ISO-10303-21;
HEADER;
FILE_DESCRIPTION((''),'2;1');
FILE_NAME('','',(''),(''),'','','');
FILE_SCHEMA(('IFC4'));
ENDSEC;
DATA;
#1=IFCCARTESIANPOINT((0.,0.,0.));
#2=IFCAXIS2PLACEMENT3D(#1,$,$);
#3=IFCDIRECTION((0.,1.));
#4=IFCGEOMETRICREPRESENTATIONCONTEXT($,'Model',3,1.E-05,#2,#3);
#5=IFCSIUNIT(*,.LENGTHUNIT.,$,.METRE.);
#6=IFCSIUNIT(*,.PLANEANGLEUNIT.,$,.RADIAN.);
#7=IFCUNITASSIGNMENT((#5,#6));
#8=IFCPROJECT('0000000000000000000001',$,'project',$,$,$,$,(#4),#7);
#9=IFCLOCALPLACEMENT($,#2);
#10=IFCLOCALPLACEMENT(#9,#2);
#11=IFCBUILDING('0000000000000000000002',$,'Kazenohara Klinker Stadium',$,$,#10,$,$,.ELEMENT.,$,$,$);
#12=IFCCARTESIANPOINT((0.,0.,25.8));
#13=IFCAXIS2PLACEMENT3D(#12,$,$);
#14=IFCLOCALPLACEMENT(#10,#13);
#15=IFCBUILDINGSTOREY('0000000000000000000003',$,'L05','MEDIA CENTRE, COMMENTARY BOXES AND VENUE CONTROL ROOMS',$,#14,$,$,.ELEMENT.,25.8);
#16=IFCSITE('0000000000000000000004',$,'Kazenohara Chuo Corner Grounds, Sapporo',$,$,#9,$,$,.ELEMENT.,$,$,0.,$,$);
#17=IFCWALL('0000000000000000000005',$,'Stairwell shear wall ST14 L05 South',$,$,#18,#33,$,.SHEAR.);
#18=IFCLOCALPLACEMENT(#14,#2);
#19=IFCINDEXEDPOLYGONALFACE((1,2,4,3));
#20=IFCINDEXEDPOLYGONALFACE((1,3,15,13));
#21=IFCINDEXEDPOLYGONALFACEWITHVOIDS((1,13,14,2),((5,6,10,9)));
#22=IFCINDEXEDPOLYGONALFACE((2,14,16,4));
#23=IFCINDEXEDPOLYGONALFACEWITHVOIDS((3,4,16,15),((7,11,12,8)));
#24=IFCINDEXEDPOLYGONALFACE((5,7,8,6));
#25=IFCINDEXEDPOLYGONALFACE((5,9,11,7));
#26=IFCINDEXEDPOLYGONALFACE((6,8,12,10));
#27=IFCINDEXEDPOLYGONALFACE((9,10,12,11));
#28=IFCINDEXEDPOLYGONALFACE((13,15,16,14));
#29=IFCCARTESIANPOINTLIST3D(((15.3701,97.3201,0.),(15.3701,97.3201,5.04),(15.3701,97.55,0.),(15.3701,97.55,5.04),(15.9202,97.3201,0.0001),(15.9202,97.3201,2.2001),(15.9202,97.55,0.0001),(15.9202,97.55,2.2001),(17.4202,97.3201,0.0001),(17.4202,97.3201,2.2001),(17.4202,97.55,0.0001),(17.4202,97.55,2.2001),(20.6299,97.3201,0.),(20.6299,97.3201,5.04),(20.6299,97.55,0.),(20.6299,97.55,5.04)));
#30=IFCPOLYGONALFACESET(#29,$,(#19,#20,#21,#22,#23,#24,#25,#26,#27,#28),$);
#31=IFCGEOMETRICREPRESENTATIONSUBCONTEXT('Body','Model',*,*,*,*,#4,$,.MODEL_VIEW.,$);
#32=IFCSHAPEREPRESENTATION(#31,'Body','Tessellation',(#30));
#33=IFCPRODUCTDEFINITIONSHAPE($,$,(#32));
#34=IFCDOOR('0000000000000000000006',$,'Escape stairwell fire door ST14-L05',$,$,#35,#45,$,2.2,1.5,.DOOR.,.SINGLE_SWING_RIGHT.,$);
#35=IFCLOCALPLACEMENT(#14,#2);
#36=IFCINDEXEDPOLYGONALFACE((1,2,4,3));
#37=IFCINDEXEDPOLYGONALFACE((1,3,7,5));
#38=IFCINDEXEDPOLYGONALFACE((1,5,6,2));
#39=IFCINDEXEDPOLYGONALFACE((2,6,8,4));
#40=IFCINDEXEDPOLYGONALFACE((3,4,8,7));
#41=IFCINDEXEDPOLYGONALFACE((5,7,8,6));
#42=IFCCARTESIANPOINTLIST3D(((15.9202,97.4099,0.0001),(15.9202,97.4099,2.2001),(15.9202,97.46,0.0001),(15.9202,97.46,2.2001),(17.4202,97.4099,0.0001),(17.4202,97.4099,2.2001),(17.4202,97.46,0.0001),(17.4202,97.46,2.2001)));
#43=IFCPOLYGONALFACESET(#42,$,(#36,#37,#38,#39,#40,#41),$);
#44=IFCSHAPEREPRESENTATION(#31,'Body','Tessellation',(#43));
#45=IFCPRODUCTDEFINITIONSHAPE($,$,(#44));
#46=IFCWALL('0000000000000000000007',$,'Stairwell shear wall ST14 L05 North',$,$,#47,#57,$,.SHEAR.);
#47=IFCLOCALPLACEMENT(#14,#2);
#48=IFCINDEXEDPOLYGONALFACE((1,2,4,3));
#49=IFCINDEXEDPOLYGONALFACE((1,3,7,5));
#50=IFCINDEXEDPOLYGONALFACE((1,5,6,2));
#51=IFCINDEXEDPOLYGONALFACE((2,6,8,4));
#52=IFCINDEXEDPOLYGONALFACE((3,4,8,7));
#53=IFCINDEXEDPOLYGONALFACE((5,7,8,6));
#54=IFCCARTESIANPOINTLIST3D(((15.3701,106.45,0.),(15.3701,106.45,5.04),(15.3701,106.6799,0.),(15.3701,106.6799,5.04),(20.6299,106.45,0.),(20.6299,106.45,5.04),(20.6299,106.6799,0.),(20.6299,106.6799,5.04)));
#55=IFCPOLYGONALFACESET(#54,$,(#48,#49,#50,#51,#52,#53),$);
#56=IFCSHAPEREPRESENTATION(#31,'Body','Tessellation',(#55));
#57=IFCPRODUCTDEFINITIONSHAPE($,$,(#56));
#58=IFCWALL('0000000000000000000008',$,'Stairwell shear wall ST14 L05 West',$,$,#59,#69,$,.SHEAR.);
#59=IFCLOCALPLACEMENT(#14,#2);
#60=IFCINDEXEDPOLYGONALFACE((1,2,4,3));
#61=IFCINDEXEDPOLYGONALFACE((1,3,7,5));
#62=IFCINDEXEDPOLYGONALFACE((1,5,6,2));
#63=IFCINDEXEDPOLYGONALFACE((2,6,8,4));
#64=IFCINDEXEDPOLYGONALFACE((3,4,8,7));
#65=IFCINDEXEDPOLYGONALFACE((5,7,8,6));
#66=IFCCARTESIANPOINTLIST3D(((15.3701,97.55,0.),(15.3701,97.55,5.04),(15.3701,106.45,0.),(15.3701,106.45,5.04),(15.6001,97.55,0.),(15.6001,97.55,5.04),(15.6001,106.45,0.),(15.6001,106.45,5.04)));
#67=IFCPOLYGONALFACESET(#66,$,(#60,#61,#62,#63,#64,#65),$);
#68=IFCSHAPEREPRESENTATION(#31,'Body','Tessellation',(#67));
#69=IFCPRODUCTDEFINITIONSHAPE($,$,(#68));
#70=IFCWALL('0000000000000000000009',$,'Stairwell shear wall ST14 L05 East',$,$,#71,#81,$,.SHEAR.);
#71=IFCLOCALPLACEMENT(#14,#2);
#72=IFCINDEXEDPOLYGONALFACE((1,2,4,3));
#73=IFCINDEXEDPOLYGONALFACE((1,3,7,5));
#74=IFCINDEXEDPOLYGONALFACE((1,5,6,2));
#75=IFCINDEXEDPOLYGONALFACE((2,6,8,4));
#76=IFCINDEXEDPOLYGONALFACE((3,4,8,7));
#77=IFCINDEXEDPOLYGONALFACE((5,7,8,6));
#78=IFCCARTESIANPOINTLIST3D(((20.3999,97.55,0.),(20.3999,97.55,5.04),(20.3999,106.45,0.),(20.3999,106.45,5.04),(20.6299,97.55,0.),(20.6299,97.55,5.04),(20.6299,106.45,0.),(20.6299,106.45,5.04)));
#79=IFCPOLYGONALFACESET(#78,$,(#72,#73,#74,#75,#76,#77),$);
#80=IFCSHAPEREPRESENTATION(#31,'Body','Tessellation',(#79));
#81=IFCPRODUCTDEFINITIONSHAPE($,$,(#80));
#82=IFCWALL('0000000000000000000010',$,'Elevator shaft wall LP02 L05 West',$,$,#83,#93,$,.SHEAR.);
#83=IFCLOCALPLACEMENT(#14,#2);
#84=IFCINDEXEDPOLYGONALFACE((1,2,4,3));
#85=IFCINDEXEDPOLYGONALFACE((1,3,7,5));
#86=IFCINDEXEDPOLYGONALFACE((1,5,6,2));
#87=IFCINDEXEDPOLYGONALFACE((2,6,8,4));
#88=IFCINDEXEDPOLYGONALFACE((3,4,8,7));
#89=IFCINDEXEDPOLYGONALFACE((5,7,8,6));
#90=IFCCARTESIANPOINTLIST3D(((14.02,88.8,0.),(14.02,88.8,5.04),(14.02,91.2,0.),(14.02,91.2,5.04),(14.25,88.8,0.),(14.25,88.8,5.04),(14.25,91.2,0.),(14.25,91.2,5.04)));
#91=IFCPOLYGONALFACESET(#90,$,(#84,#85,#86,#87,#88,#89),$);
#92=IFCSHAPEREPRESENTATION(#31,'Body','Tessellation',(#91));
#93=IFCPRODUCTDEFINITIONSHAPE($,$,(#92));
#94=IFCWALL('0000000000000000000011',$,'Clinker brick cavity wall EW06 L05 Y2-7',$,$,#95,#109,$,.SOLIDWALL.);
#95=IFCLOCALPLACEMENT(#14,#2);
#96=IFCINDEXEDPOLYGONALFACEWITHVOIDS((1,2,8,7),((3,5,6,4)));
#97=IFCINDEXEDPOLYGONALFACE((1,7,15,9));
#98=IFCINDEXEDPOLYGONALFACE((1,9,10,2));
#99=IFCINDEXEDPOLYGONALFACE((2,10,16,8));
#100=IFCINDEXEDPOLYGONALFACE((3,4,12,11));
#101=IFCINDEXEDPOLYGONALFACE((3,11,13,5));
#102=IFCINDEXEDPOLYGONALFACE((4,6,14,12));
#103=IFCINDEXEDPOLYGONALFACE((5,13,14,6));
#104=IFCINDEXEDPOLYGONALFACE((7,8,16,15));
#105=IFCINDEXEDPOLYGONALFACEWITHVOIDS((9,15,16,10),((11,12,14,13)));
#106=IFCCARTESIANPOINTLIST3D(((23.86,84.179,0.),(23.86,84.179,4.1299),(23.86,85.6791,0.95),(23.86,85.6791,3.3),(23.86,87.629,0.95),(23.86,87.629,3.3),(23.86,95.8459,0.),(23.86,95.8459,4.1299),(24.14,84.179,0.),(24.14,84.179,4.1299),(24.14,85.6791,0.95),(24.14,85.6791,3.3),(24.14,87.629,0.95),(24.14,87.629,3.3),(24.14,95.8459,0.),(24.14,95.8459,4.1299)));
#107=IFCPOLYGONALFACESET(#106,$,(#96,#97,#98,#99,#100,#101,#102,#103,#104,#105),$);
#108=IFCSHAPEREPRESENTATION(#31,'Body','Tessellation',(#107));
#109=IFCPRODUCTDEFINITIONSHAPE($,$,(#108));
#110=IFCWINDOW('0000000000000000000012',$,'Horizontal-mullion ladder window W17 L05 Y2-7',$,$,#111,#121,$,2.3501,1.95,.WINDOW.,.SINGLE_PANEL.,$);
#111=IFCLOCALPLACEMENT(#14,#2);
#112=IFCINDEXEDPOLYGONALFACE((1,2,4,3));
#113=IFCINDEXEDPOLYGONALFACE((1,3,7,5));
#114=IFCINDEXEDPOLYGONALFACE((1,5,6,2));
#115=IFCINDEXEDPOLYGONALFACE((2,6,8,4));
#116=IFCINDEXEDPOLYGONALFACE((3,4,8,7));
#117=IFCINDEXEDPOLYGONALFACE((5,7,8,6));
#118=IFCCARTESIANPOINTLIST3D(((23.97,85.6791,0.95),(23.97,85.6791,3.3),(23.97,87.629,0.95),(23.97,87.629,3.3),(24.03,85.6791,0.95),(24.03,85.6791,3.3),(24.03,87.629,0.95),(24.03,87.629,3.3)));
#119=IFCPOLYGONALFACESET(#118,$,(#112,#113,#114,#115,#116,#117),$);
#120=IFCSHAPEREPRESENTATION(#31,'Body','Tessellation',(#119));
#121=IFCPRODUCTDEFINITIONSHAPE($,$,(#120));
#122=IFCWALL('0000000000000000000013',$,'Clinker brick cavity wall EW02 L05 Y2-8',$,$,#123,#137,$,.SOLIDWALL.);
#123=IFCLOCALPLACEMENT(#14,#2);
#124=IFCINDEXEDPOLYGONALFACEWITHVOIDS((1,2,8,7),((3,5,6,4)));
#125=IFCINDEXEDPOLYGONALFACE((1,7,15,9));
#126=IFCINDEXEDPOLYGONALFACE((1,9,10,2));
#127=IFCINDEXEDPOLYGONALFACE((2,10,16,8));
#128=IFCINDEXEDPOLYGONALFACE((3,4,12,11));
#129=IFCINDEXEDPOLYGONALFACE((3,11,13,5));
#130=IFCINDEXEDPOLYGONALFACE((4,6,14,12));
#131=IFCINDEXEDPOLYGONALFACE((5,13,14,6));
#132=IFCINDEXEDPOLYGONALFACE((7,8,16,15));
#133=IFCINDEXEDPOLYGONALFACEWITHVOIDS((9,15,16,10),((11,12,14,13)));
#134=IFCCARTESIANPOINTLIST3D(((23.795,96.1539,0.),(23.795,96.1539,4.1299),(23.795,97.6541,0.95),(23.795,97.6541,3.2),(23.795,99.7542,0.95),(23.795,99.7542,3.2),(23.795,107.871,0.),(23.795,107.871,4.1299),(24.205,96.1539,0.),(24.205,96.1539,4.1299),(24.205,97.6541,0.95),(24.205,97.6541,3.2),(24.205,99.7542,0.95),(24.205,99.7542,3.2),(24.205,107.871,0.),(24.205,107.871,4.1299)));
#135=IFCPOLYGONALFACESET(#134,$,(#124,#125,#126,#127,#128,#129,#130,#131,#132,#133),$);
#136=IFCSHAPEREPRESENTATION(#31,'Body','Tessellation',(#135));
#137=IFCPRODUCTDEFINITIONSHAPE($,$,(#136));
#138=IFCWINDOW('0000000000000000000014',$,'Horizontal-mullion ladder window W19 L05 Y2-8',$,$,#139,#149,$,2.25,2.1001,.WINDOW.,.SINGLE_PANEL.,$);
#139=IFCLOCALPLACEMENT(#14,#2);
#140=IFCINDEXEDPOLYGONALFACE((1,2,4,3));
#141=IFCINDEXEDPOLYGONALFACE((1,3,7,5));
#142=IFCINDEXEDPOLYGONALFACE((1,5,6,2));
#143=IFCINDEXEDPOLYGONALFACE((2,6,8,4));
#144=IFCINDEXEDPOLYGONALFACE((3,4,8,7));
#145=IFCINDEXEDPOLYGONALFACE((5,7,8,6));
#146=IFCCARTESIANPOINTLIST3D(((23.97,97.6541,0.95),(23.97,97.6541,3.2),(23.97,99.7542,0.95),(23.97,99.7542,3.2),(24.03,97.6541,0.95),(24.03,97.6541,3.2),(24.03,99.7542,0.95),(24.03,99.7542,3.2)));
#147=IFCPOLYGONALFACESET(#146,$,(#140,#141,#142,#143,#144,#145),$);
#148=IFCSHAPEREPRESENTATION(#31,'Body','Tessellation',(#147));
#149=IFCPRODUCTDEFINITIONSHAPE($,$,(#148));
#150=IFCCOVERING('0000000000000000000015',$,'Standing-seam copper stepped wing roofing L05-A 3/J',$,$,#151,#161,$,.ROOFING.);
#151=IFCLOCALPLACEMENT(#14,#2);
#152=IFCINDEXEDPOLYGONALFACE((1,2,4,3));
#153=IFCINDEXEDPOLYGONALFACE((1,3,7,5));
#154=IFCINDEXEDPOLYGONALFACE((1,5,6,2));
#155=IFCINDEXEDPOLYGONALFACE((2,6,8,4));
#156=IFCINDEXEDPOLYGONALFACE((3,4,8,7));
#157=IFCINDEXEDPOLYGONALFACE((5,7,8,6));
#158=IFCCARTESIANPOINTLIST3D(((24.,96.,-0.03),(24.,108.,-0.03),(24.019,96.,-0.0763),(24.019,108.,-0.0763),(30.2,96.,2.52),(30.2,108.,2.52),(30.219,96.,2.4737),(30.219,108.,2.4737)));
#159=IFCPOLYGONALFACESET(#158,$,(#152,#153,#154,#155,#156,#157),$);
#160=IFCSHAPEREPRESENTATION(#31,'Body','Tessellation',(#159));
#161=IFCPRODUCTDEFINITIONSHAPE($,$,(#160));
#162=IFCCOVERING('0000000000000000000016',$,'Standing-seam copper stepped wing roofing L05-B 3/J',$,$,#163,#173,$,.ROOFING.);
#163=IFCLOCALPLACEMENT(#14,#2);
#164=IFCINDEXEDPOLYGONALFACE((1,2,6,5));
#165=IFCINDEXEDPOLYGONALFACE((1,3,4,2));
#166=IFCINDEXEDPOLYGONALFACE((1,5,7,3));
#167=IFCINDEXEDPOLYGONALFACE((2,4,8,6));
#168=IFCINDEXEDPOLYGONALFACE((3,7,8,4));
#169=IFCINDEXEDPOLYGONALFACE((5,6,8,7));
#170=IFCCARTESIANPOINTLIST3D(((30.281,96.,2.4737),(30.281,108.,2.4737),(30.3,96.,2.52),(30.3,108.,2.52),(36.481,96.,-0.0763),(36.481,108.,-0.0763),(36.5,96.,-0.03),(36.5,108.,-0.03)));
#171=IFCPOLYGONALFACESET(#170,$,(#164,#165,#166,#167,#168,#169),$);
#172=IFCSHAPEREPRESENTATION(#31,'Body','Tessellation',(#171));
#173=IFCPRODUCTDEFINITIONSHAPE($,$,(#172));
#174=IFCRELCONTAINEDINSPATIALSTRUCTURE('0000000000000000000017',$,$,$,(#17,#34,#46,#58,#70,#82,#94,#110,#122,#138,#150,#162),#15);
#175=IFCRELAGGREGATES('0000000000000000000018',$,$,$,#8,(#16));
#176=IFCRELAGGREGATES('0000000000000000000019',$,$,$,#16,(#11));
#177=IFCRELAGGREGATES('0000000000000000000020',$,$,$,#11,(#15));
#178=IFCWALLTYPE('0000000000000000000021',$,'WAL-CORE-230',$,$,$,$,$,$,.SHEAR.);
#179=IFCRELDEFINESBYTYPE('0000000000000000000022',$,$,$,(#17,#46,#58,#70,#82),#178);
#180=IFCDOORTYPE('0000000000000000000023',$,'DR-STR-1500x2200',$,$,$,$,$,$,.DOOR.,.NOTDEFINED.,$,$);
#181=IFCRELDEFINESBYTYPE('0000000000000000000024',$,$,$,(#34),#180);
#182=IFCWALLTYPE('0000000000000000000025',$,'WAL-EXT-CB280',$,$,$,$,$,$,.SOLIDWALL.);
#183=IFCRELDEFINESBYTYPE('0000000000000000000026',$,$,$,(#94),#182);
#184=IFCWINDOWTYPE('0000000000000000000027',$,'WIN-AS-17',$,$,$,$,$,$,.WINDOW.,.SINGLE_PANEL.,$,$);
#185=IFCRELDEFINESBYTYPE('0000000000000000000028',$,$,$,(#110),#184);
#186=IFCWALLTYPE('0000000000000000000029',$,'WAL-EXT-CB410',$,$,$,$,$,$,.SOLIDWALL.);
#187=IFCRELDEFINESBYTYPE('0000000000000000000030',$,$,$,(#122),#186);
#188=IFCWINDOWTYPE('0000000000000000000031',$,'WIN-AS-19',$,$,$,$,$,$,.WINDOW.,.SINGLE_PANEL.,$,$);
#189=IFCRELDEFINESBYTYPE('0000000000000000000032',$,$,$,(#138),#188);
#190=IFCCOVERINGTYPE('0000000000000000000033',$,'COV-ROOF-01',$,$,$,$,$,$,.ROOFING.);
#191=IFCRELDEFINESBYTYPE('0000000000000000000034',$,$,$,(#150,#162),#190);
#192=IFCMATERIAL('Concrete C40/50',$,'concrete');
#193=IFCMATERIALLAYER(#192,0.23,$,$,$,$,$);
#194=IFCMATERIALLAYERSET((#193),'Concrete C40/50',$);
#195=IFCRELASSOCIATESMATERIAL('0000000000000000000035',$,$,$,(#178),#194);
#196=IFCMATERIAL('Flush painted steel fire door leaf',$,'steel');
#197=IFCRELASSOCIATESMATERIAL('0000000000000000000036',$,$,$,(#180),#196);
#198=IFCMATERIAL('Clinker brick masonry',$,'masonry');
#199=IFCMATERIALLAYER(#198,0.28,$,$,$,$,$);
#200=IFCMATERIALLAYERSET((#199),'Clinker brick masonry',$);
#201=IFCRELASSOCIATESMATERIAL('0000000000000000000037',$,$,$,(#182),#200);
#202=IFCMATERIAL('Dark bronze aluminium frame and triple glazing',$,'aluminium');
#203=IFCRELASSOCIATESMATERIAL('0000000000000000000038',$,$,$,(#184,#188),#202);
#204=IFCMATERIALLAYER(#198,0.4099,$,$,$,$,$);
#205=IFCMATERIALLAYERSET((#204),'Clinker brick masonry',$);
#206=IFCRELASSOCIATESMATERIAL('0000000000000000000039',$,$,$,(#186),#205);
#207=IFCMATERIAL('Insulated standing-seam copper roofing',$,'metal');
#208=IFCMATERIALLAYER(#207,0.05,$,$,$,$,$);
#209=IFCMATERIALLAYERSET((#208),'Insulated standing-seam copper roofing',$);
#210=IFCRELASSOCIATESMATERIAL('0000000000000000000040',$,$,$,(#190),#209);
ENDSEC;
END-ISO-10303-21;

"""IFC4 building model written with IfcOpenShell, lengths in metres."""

from ifc_helpers import new_model, si_unit, direction, frame, frame_2d, origin, place, context, subcontext, project, spatial, polyline, rectangle, outline, extrude, material, layer, layer_set, type_object, element, fill, save


model = new_model("IFC4")

# Units and contexts
model_context = context("Model", 3, precision=1e-05, world=origin(), true_north=direction((0.0, 1.0)))
body_context = subcontext(model_context, "Body", "Model", "MODEL_VIEW")
ifc_project = project(units=[si_unit("LENGTHUNIT", "METRE"), si_unit("PLANEANGLEUNIT", "RADIAN")], contexts=[model_context])

# Site, building, storey
site_placement = place(None, origin())
site = spatial("IfcSite", under=ifc_project, at=site_placement, Name="Kazenohara Chuo Corner Grounds, Sapporo", CompositionType="ELEMENT", RefElevation=0.0)
building_placement = place(site_placement, origin())
building = spatial("IfcBuilding", under=site, at=building_placement, Name="Kazenohara Klinker Stadium", CompositionType="ELEMENT")
storey_placement = place(building_placement, frame((0.0, 0.0, 25.8)))
storey = spatial("IfcBuildingStorey", under=building, at=storey_placement, Name="L05", Description="MEDIA CENTRE, COMMENTARY BOXES AND VENUE CONTROL ROOMS", CompositionType="ELEMENT", Elevation=25.8)

# Wall, opening, door
ifc_material_1 = material(Name="Concrete C40/50", Category="concrete")
ifc_layer_1 = layer(ifc_material_1, 0.23)
ifc_layer_set_1 = layer_set([ifc_layer_1], Name="Concrete C40/50")
wall_type_1 = type_object("IfcWallType", Name="WAL-CORE-230", PredefinedType="SHEAR", material=ifc_layer_set_1)
wall_1_placement = place(storey_placement, frame((15.3701, 97.4351, 0.0), z_axis=(0.0, 0.0, 1.0), x_axis=(1.0, 0.0, 0.0)))
wall_1 = element("IfcWall", 1, at=wall_1_placement, inside=storey, type_object=wall_type_1, Name="Stairwell shear wall ST14 L05 South", PredefinedType="SHEAR", context=body_context, shape_type="SweptSolid", body=[
    extrude(rectangle(XDim=5.2598, YDim=0.23, at=frame_2d((2.6299, 0.0))), origin(), (0.0, 0.0, 1.0), 5.04),
])
opening_1_placement = place(wall_1_placement, frame((0.55, 0.0, 0.0)))
opening_1 = element("IfcOpeningElement", 2, at=opening_1_placement, cuts=wall_1, PredefinedType="OPENING", context=body_context, shape_type="SweptSolid", body=[
    extrude(rectangle(XDim=1.5, YDim=2.2, at=frame_2d((0.75, 1.1001))), frame((0.0, 0.125, 0.0), z_axis=(0.0, -1.0, 0.0), x_axis=(1.0, 0.0, 0.0)), (0.0, 0.0, 1.0), 0.25),
])
ifc_material_2 = material(Name="Flush painted steel fire door leaf", Category="steel")
door_type_1 = type_object("IfcDoorType", Name="DR-STR-1500x2200", OperationType="NOTDEFINED", PredefinedType="DOOR", material=ifc_material_2)
door_1_placement = place(opening_1_placement, origin())
door_1 = element("IfcDoor", 3, at=door_1_placement, inside=storey, type_object=door_type_1, Name="Escape stairwell fire door ST14-L05", OperationType="SINGLE_SWING_RIGHT", OverallHeight=2.2, OverallWidth=1.5, PredefinedType="DOOR", context=body_context, shape_type="SweptSolid", body=[
    extrude(rectangle(XDim=1.5, YDim=2.2, at=frame_2d((0.75, 1.1001))), frame((0.0, 0.0249, 0.0), z_axis=(0.0, -1.0, 0.0), x_axis=(1.0, 0.0, 0.0)), (0.0, 0.0, 1.0), 0.05),
])
fill(opening_1, door_1)

# Walls
wall_2_placement = place(storey_placement, frame((15.3701, 106.5649, 0.0), z_axis=(0.0, 0.0, 1.0), x_axis=(1.0, 0.0, 0.0)))
element("IfcWall", 4, at=wall_2_placement, inside=storey, type_object=wall_type_1, Name="Stairwell shear wall ST14 L05 North", PredefinedType="SHEAR", context=body_context, shape_type="SweptSolid", body=[
    extrude(rectangle(XDim=5.2598, YDim=0.23, at=frame_2d((2.6299, 0.0))), origin(), (0.0, 0.0, 1.0), 5.04),
])
for number, where, z_axis, x_axis, name in (
    (5, (15.4851, 97.55, 0.0), (0.0, 0.0, 1.0), (0.0, 1.0, 0.0), "Stairwell shear wall ST14 L05 West"),
    (6, (20.5149, 97.55, 0.0), (0.0, 0.0, 1.0), (0.0, 1.0, 0.0), "Stairwell shear wall ST14 L05 East"),
):
    element("IfcWall", number, at=place(storey_placement, frame(where, z_axis=z_axis, x_axis=x_axis)), inside=storey, type_object=wall_type_1, Name=name, PredefinedType="SHEAR", context=body_context, shape_type="SweptSolid", body=[
        extrude(rectangle(XDim=8.8999, YDim=0.23, at=frame_2d((4.45, 0.0))), origin(), (0.0, 0.0, 1.0), 5.04),
    ])
wall_3_placement = place(storey_placement, frame((14.135, 88.8, 0.0), z_axis=(0.0, 0.0, 1.0), x_axis=(0.0, 1.0, 0.0)))
element("IfcWall", 7, at=wall_3_placement, inside=storey, type_object=wall_type_1, Name="Elevator shaft wall LP02 L05 West", PredefinedType="SHEAR", context=body_context, shape_type="SweptSolid", body=[
    extrude(rectangle(XDim=2.3999, YDim=0.23, at=frame_2d((1.2, 0.0))), origin(), (0.0, 0.0, 1.0), 5.04),
])

# Walls, openings, windows
ifc_material_3 = material(Name="Clinker brick masonry", Category="masonry")
ifc_layer_2 = layer(ifc_material_3, 0.28)
ifc_layer_set_2 = layer_set([ifc_layer_2], Name="Clinker brick masonry")
wall_type_2 = type_object("IfcWallType", Name="WAL-EXT-CB280", PredefinedType="SOLIDWALL", material=ifc_layer_set_2)
wall_4_placement = place(storey_placement, frame((24.0, 84.179, 0.0), z_axis=(0.0, 0.0, 1.0), x_axis=(0.0, 1.0, 0.0)))
wall_4 = element("IfcWall", 8, at=wall_4_placement, inside=storey, type_object=wall_type_2, Name="Clinker brick cavity wall EW06 L05 Y2-7", PredefinedType="SOLIDWALL", context=body_context, shape_type="SweptSolid", body=[
    extrude(rectangle(XDim=11.667, YDim=0.28, at=frame_2d((5.8335, 0.0))), origin(), (0.0, 0.0, 1.0), 4.1299),
])
opening_2_placement = place(wall_4_placement, frame((1.5, 0.0, 0.95)))
opening_2 = element("IfcOpeningElement", 9, at=opening_2_placement, cuts=wall_4, PredefinedType="OPENING", context=body_context, shape_type="SweptSolid", body=[
    extrude(rectangle(XDim=1.95, YDim=2.3501, at=frame_2d((0.9751, 1.175))), frame((0.0, 0.1499, 0.0), z_axis=(0.0, -1.0, 0.0), x_axis=(1.0, 0.0, 0.0)), (0.0, 0.0, 1.0), 0.3),
])
ifc_material_4 = material(Name="Dark bronze aluminium frame and triple glazing", Category="aluminium")
window_type_1 = type_object("IfcWindowType", Name="WIN-AS-17", PartitioningType="SINGLE_PANEL", PredefinedType="WINDOW", material=ifc_material_4)
window_1_placement = place(opening_2_placement, origin())
window_1 = element("IfcWindow", 10, at=window_1_placement, inside=storey, type_object=window_type_1, Name="Horizontal-mullion ladder window W17 L05 Y2-7", OverallHeight=2.3501, OverallWidth=1.95, PartitioningType="SINGLE_PANEL", PredefinedType="WINDOW", context=body_context, shape_type="SweptSolid", body=[
    extrude(rectangle(XDim=1.95, YDim=2.3501, at=frame_2d((0.9751, 1.175))), frame((0.0, 0.03, 0.0), z_axis=(0.0, -1.0, 0.0), x_axis=(1.0, 0.0, 0.0)), (0.0, 0.0, 1.0), 0.0601),
])
fill(opening_2, window_1)
ifc_layer_3 = layer(ifc_material_3, 0.4099)
ifc_layer_set_3 = layer_set([ifc_layer_3], Name="Clinker brick masonry")
wall_type_3 = type_object("IfcWallType", Name="WAL-EXT-CB410", PredefinedType="SOLIDWALL", material=ifc_layer_set_3)
wall_5_placement = place(storey_placement, frame((24.0, 96.1541, 0.0), z_axis=(0.0, 0.0, 1.0), x_axis=(0.0, 1.0, 0.0)))
wall_5 = element("IfcWall", 11, at=wall_5_placement, inside=storey, type_object=wall_type_3, Name="Clinker brick cavity wall EW02 L05 Y2-8", PredefinedType="SOLIDWALL", context=body_context, shape_type="SweptSolid", body=[
    extrude(rectangle(XDim=11.717, YDim=0.4099, at=frame_2d((5.8584, 0.0))), origin(), (0.0, 0.0, 1.0), 4.1299),
])
opening_3_placement = place(wall_5_placement, frame((1.5, 0.0, 0.95)))
opening_3 = element("IfcOpeningElement", 12, at=opening_3_placement, cuts=wall_5, PredefinedType="OPENING", context=body_context, shape_type="SweptSolid", body=[
    extrude(rectangle(XDim=2.1001, YDim=2.25, at=frame_2d((1.05, 1.125))), frame((0.0, 0.2148, 0.0), z_axis=(0.0, -1.0, 0.0), x_axis=(1.0, 0.0, 0.0)), (0.0, 0.0, 1.0), 0.4299),
])
window_type_2 = type_object("IfcWindowType", Name="WIN-AS-19", PartitioningType="SINGLE_PANEL", PredefinedType="WINDOW", material=ifc_material_4)
window_2_placement = place(opening_3_placement, origin())
window_2 = element("IfcWindow", 13, at=window_2_placement, inside=storey, type_object=window_type_2, Name="Horizontal-mullion ladder window W19 L05 Y2-8", OverallHeight=2.25, OverallWidth=2.1001, PartitioningType="SINGLE_PANEL", PredefinedType="WINDOW", context=body_context, shape_type="SweptSolid", body=[
    extrude(rectangle(XDim=2.1001, YDim=2.25, at=frame_2d((1.05, 1.125))), frame((0.0, 0.03, 0.0), z_axis=(0.0, -1.0, 0.0), x_axis=(1.0, 0.0, 0.0)), (0.0, 0.0, 1.0), 0.0601),
])
fill(opening_3, window_2)

# Coverings
ifc_material_5 = material(Name="Insulated standing-seam copper roofing", Category="metal")
ifc_layer_4 = layer(ifc_material_5, 0.05)
ifc_layer_set_4 = layer_set([ifc_layer_4], Name="Insulated standing-seam copper roofing")
covering_type = type_object("IfcCoveringType", Name="COV-ROOF-01", PredefinedType="ROOFING", material=ifc_layer_set_4)
for number, where, z_axis, x_axis, name in (
    (14, (24.0, 96.0, -0.03), (-0.380383, 0.0, 0.924829), (0.924829, 0.0, 0.380383), "Standing-seam copper stepped wing roofing L05-A 3/J"),
    (15, (30.3, 96.0, 2.52), (0.380383, 0.0, 0.924829), (0.924829, 0.0, -0.380383), "Standing-seam copper stepped wing roofing L05-B 3/J"),
):
    element("IfcCovering", number, at=place(storey_placement, frame(where, z_axis=z_axis, x_axis=x_axis)), inside=storey, type_object=covering_type, Name=name, PredefinedType="ROOFING", context=body_context, shape_type="SweptSolid", body=[
        extrude(outline(polyline([(0.0, 0.0), (6.7039, 0.0), (6.7039, 12.0), (0.0, 12.0), (0.0, 0.0)])), origin(), (0.0, 0.0, -1.0), 0.05),
    ])

save(model, "model.ifc")
